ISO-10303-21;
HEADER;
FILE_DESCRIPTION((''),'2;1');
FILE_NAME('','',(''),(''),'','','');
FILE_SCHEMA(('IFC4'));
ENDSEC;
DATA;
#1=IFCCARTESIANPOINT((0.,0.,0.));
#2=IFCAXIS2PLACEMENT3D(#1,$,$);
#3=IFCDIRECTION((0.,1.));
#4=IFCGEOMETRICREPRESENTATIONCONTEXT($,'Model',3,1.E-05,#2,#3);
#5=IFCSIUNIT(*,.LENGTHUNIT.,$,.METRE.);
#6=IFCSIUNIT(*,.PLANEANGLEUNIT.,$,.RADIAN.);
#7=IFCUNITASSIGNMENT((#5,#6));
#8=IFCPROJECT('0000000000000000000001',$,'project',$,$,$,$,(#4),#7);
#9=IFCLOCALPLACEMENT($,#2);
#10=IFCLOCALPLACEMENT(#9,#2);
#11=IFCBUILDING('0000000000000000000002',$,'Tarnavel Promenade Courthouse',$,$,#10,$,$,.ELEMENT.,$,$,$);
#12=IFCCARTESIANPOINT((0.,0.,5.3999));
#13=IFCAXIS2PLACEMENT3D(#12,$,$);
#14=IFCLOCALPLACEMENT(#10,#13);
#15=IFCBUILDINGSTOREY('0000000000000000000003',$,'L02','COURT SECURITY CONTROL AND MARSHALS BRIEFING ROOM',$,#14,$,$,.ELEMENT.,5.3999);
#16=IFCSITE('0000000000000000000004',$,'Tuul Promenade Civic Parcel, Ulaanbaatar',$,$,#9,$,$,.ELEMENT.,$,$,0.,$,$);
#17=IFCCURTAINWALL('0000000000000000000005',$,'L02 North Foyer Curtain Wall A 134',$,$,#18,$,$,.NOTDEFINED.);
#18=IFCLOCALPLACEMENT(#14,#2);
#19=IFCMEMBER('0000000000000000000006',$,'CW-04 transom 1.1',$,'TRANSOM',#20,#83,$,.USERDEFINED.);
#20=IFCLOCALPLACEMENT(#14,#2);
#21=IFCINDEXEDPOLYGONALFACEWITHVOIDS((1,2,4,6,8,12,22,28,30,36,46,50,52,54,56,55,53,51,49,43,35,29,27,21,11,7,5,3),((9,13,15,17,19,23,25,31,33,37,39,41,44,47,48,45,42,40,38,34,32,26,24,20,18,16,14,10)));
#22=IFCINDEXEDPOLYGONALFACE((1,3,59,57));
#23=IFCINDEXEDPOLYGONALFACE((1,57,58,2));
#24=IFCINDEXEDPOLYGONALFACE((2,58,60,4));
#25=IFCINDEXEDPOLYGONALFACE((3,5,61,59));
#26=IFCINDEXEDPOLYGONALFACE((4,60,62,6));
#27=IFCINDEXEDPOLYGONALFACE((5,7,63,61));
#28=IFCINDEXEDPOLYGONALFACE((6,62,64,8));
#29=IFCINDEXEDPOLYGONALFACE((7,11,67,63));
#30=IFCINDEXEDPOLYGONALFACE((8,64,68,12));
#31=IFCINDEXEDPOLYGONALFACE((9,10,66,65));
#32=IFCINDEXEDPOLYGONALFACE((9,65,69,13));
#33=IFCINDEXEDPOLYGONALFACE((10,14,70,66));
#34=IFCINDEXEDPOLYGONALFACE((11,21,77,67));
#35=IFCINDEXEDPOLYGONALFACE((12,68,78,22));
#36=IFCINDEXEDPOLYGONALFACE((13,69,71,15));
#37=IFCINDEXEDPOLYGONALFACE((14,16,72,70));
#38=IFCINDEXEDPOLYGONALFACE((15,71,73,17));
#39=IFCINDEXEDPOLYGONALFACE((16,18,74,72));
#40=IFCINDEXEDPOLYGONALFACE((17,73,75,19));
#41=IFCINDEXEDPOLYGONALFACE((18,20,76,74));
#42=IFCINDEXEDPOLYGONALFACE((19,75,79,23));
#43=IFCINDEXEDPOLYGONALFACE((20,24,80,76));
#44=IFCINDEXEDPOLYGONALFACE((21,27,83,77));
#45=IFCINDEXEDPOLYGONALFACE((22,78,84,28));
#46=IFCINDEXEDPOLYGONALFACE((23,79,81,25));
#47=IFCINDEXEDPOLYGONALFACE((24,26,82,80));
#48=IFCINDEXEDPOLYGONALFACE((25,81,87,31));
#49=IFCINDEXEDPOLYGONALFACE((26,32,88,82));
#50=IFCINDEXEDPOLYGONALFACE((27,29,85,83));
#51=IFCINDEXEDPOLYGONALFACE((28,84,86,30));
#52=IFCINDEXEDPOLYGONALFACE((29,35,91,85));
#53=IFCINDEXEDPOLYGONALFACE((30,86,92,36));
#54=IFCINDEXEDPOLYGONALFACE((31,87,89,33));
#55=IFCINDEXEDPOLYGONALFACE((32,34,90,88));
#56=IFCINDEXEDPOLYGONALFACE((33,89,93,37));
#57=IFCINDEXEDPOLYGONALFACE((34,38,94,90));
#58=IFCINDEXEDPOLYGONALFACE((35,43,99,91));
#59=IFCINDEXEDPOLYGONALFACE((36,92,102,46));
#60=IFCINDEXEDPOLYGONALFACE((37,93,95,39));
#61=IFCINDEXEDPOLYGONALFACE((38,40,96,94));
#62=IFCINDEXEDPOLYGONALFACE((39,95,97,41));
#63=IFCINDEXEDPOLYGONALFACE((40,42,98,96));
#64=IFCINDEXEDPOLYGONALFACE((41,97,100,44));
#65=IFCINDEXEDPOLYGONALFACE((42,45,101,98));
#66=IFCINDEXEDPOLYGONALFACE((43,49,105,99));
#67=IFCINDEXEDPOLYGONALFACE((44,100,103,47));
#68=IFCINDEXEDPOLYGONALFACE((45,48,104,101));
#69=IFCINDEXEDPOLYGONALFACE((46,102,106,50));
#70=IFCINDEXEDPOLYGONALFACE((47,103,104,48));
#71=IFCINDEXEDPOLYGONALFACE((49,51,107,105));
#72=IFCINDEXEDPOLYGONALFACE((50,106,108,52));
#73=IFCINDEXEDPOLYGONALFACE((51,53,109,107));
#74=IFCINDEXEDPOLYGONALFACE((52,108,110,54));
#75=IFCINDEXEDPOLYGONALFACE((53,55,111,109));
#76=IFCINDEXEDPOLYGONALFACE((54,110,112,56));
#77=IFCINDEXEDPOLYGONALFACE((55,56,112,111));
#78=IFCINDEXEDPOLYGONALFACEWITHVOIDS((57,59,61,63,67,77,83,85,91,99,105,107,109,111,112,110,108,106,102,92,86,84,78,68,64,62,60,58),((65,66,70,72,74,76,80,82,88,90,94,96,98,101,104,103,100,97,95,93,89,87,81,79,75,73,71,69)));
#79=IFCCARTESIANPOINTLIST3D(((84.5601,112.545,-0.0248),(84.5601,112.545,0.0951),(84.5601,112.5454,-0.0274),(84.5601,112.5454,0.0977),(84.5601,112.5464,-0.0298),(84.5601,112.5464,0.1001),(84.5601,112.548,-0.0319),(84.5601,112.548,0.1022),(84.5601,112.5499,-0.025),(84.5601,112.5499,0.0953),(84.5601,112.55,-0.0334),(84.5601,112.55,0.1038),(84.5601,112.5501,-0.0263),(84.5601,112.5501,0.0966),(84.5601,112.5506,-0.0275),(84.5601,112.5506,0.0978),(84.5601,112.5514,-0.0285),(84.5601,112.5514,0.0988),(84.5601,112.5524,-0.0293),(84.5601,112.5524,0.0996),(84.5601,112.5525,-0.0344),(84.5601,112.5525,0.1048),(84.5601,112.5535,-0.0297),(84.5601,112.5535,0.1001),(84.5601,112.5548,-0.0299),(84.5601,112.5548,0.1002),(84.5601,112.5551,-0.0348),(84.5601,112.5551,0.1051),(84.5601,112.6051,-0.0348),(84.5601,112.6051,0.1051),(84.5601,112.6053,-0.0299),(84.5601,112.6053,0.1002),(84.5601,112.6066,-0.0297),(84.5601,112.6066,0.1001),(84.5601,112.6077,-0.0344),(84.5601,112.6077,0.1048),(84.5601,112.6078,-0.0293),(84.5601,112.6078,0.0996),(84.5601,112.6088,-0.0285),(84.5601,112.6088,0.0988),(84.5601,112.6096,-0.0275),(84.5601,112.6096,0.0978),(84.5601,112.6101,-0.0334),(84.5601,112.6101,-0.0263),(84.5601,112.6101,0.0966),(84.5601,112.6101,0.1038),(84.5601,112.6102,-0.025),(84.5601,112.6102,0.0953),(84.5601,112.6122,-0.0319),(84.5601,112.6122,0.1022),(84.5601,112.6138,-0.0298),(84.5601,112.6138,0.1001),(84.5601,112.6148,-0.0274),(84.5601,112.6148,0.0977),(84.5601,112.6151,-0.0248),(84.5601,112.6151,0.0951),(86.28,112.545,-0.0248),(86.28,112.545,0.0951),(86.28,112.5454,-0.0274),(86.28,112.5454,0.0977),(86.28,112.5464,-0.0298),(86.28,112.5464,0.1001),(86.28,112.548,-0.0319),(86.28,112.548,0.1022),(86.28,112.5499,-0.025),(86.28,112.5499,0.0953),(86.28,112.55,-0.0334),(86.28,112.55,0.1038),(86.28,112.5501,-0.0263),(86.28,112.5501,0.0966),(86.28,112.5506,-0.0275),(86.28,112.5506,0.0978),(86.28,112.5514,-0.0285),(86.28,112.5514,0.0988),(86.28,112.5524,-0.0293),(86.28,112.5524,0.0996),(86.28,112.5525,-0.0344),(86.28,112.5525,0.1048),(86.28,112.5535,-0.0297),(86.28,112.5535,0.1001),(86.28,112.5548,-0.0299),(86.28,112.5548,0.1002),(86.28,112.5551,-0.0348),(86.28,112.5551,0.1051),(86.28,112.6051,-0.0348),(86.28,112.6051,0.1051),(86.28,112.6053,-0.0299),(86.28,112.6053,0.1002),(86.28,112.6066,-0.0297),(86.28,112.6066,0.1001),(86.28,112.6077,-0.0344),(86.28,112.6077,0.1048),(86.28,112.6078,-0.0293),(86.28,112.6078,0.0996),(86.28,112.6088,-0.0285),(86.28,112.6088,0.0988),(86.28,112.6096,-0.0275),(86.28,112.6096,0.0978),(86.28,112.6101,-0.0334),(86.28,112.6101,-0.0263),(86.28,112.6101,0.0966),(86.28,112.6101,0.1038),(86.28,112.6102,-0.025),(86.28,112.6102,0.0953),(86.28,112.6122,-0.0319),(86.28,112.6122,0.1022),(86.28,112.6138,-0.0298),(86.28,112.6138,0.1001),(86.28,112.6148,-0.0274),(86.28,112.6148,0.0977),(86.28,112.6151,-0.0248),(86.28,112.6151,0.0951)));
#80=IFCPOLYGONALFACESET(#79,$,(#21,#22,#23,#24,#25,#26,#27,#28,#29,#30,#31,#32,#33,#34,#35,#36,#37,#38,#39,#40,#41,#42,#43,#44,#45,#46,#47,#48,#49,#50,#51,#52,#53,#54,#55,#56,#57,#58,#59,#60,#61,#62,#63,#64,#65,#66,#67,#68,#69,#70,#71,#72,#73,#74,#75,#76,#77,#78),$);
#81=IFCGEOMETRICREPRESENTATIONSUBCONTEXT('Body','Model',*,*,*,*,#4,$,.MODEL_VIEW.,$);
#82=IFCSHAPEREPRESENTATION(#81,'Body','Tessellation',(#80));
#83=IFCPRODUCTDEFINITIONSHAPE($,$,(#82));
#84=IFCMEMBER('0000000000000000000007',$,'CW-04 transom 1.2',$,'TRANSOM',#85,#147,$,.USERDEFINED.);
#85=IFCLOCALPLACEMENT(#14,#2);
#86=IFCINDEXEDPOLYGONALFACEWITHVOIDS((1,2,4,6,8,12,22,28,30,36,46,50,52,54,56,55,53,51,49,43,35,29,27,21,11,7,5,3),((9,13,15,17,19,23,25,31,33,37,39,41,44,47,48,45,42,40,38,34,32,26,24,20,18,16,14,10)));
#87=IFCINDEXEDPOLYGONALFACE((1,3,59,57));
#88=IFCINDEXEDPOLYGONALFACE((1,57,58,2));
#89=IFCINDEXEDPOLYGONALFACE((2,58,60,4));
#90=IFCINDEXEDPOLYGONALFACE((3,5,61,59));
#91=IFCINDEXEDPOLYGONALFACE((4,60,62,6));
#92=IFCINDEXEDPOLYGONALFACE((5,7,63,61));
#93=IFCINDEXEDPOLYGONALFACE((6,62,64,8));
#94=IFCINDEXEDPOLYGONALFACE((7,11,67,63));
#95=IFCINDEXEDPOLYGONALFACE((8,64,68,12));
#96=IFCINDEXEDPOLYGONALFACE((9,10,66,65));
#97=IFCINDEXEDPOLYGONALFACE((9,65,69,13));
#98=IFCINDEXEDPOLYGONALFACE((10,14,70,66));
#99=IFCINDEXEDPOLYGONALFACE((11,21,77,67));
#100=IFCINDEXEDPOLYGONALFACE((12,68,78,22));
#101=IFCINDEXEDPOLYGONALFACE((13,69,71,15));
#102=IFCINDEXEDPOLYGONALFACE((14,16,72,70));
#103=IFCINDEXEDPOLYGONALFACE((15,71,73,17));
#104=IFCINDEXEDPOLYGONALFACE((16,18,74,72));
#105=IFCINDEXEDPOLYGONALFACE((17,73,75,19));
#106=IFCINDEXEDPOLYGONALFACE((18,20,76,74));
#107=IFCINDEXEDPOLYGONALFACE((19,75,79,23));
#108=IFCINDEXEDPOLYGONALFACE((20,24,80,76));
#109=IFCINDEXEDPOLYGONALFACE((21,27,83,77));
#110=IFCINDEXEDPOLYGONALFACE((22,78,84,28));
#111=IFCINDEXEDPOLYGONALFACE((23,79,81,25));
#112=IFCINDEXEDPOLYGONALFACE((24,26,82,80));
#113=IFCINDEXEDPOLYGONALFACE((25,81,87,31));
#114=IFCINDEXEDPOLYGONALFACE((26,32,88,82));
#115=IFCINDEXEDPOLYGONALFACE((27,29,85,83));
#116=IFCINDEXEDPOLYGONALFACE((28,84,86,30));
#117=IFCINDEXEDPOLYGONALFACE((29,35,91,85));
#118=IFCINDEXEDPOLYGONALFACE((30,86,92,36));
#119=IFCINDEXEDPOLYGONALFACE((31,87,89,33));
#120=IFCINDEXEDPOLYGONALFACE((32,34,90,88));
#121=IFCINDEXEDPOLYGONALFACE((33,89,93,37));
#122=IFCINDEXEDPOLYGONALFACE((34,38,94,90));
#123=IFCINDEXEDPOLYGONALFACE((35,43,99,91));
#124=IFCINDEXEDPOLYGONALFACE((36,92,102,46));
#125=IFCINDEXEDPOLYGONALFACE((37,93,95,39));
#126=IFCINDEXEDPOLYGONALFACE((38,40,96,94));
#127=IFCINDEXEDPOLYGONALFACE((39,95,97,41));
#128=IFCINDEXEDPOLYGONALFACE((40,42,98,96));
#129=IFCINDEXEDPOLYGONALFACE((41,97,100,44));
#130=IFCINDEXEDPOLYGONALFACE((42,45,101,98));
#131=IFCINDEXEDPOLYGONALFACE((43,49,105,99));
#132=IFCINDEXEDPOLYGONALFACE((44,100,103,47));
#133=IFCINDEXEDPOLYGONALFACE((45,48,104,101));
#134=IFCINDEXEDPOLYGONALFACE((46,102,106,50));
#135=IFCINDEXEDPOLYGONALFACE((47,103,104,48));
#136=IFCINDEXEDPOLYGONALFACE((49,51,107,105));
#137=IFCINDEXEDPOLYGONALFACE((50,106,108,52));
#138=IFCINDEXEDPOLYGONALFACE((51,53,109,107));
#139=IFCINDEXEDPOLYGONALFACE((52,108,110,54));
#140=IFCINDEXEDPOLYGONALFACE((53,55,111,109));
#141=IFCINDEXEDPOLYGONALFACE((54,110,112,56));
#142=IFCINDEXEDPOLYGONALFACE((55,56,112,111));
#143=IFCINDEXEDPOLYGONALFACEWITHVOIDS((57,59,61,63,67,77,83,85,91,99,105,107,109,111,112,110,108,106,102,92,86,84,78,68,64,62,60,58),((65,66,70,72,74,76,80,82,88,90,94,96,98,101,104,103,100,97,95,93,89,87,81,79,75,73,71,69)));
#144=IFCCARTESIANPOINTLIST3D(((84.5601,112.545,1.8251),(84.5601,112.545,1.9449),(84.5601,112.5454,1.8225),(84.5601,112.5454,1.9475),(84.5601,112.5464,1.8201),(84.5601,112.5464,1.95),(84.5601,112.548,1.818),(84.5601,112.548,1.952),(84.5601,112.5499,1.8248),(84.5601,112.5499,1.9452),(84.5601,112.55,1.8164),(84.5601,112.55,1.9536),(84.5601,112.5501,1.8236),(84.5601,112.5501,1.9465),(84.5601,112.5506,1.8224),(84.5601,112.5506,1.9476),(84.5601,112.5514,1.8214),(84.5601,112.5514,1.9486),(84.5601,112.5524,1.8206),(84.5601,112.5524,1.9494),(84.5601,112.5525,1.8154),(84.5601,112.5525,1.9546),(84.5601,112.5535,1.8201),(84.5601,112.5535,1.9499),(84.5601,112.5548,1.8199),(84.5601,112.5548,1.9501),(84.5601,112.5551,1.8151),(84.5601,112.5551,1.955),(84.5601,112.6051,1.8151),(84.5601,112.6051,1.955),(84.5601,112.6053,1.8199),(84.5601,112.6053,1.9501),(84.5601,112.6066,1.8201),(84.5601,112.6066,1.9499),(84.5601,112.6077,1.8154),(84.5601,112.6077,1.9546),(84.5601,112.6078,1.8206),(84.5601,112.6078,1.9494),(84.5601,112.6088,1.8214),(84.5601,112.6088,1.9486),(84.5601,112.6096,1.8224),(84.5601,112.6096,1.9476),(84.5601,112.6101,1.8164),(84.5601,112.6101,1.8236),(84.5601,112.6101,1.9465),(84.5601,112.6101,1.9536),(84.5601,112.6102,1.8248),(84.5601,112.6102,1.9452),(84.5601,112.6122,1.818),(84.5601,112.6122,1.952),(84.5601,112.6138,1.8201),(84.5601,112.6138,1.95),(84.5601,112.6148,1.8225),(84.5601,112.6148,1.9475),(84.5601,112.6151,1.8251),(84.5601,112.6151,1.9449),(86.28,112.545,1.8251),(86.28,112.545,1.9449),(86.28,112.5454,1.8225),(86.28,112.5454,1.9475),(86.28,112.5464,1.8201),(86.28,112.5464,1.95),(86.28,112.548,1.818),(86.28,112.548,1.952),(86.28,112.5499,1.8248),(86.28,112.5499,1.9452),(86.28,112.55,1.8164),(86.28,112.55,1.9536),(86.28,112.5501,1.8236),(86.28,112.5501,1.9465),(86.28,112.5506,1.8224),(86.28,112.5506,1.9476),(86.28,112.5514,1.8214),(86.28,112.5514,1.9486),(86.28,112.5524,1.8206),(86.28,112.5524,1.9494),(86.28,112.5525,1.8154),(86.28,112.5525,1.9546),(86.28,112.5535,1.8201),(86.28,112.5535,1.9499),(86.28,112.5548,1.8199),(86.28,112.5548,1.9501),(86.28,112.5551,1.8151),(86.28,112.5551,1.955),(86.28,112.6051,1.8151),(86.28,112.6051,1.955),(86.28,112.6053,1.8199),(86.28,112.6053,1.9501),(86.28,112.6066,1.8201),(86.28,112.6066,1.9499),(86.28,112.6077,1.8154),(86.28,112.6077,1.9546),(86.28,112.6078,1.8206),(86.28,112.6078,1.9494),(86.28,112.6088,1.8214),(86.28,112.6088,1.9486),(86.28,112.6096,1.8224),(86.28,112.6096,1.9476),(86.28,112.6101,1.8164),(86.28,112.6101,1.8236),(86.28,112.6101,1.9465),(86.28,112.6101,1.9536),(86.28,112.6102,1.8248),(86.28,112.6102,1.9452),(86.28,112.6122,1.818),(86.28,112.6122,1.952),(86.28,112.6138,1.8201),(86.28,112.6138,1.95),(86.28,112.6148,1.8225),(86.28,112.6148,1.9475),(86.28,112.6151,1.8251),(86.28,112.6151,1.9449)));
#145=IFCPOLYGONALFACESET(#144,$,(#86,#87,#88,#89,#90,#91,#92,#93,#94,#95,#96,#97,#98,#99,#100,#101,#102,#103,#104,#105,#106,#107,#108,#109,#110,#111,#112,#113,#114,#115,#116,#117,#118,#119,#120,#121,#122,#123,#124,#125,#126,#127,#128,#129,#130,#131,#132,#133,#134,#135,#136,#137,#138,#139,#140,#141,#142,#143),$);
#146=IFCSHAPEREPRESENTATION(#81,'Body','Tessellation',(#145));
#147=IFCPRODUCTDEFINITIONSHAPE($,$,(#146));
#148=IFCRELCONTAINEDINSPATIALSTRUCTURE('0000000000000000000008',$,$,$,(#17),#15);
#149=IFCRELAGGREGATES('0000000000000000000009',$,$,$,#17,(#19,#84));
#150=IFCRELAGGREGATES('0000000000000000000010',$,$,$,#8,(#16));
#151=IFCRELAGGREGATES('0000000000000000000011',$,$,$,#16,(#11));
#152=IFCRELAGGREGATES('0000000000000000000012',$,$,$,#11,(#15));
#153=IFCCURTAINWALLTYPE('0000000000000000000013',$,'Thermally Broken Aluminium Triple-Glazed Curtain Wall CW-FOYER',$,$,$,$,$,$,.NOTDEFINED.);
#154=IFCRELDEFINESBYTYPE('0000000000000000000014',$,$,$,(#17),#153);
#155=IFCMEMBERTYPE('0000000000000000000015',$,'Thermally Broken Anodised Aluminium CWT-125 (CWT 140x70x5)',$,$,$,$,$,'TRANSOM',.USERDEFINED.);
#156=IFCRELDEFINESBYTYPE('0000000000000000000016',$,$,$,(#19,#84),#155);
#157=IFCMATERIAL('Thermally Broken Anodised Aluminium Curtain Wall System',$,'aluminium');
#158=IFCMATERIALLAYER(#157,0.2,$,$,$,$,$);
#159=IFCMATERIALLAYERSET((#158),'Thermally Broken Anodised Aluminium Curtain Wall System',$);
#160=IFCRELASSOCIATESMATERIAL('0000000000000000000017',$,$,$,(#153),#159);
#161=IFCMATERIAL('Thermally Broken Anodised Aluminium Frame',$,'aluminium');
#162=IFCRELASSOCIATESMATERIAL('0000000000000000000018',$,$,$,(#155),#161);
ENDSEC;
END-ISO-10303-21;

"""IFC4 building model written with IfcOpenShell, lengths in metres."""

from ifc_helpers import new_model, si_unit, direction, frame, origin, origin_2d, place, context, subcontext, project, spatial, hollow_rectangle, extrude, material, layer, layer_set, material_profile, profile_set, type_object, element, aggregate, save


model = new_model("IFC4")

# Units and contexts
model_context = context("Model", 3, precision=1e-05, world=origin(), true_north=direction((0.0, 1.0)))
body_context = subcontext(model_context, "Body", "Model", "MODEL_VIEW")
ifc_project = project(units=[si_unit("LENGTHUNIT", "METRE"), si_unit("PLANEANGLEUNIT", "RADIAN")], contexts=[model_context])

# Site, building, storey
site_placement = place(None, origin())
site = spatial("IfcSite", under=ifc_project, at=site_placement, Name="Tuul Promenade Civic Parcel, Ulaanbaatar", CompositionType="ELEMENT", RefElevation=0.0)
building_placement = place(site_placement, origin())
building = spatial("IfcBuilding", under=site, at=building_placement, Name="Tarnavel Promenade Courthouse", CompositionType="ELEMENT")
storey_placement = place(building_placement, frame((0.0, 0.0, 5.3999)))
storey = spatial("IfcBuildingStorey", under=building, at=storey_placement, Name="L02", Description="COURT SECURITY CONTROL AND MARSHALS BRIEFING ROOM", CompositionType="ELEMENT", Elevation=5.3999)

# Curtain wall
ifc_material_1 = material(Name="Thermally Broken Anodised Aluminium Curtain Wall System", Category="aluminium")
ifc_layer_1 = layer(ifc_material_1, 0.2)
ifc_layer_set_1 = layer_set([ifc_layer_1], Name="Thermally Broken Anodised Aluminium Curtain Wall System")
curtain_wall_type = type_object("IfcCurtainWallType", Name="Thermally Broken Aluminium Triple-Glazed Curtain Wall CW-FOYER", PredefinedType="NOTDEFINED", material=ifc_layer_set_1)
ifc_material_2 = material(Name="Thermally Broken Anodised Aluminium Frame", Category="aluminium")
curtain_wall_1_placement = place(storey_placement, origin())
curtain_wall_1 = element("IfcCurtainWall", 1, at=curtain_wall_1_placement, inside=storey, type_object=curtain_wall_type, Name="L02 North Foyer Curtain Wall A 134", PredefinedType="NOTDEFINED")

# Members
ifc_material_profile_1 = material_profile(ifc_material_2, hollow_rectangle(XDim=0.0701, YDim=0.1399, WallThickness=0.0049, InnerFilletRadius=0.0049, OuterFilletRadius=0.01, at=origin_2d()), Name="CWT 140x70x5")
ifc_profile_set_1 = profile_set([ifc_material_profile_1], Name="Thermally Broken Anodised Aluminium Frame")
member_type_1 = type_object("IfcMemberType", Name="Thermally Broken Anodised Aluminium CWT-125 (CWT 140x70x5)", ElementType="TRANSOM", PredefinedType="USERDEFINED", material=ifc_profile_set_1)
member_1_placement = place(storey_placement, frame((84.5601, 112.5801, 0.0352), z_axis=(1.0, 0.0, 0.0), x_axis=(0.0, 1.0, 0.0)))
member_1 = element("IfcMember", 2, at=member_1_placement, type_object=member_type_1, Name="CW-04 transom 1.1", ObjectType="TRANSOM", PredefinedType="USERDEFINED", context=body_context, shape_type="SweptSolid", body=[
    extrude(hollow_rectangle(XDim=0.0701, YDim=0.1399, WallThickness=0.0049, InnerFilletRadius=0.0049, OuterFilletRadius=0.01, at=origin_2d()), origin(), (0.0, 0.0, 1.0), 1.72),
])
member_2_placement = place(storey_placement, frame((84.5601, 112.5801, 1.885), z_axis=(1.0, 0.0, 0.0), x_axis=(0.0, 1.0, 0.0)))
member_2 = element("IfcMember", 3, at=member_2_placement, type_object=member_type_1, Name="CW-04 transom 1.2", ObjectType="TRANSOM", PredefinedType="USERDEFINED", context=body_context, shape_type="SweptSolid", body=[
    extrude(hollow_rectangle(XDim=0.0701, YDim=0.1399, WallThickness=0.0049, InnerFilletRadius=0.0049, OuterFilletRadius=0.01, at=origin_2d()), origin(), (0.0, 0.0, 1.0), 1.72),
])

aggregate(curtain_wall_1, [member_1, member_2])

save(model, "model.ifc")
